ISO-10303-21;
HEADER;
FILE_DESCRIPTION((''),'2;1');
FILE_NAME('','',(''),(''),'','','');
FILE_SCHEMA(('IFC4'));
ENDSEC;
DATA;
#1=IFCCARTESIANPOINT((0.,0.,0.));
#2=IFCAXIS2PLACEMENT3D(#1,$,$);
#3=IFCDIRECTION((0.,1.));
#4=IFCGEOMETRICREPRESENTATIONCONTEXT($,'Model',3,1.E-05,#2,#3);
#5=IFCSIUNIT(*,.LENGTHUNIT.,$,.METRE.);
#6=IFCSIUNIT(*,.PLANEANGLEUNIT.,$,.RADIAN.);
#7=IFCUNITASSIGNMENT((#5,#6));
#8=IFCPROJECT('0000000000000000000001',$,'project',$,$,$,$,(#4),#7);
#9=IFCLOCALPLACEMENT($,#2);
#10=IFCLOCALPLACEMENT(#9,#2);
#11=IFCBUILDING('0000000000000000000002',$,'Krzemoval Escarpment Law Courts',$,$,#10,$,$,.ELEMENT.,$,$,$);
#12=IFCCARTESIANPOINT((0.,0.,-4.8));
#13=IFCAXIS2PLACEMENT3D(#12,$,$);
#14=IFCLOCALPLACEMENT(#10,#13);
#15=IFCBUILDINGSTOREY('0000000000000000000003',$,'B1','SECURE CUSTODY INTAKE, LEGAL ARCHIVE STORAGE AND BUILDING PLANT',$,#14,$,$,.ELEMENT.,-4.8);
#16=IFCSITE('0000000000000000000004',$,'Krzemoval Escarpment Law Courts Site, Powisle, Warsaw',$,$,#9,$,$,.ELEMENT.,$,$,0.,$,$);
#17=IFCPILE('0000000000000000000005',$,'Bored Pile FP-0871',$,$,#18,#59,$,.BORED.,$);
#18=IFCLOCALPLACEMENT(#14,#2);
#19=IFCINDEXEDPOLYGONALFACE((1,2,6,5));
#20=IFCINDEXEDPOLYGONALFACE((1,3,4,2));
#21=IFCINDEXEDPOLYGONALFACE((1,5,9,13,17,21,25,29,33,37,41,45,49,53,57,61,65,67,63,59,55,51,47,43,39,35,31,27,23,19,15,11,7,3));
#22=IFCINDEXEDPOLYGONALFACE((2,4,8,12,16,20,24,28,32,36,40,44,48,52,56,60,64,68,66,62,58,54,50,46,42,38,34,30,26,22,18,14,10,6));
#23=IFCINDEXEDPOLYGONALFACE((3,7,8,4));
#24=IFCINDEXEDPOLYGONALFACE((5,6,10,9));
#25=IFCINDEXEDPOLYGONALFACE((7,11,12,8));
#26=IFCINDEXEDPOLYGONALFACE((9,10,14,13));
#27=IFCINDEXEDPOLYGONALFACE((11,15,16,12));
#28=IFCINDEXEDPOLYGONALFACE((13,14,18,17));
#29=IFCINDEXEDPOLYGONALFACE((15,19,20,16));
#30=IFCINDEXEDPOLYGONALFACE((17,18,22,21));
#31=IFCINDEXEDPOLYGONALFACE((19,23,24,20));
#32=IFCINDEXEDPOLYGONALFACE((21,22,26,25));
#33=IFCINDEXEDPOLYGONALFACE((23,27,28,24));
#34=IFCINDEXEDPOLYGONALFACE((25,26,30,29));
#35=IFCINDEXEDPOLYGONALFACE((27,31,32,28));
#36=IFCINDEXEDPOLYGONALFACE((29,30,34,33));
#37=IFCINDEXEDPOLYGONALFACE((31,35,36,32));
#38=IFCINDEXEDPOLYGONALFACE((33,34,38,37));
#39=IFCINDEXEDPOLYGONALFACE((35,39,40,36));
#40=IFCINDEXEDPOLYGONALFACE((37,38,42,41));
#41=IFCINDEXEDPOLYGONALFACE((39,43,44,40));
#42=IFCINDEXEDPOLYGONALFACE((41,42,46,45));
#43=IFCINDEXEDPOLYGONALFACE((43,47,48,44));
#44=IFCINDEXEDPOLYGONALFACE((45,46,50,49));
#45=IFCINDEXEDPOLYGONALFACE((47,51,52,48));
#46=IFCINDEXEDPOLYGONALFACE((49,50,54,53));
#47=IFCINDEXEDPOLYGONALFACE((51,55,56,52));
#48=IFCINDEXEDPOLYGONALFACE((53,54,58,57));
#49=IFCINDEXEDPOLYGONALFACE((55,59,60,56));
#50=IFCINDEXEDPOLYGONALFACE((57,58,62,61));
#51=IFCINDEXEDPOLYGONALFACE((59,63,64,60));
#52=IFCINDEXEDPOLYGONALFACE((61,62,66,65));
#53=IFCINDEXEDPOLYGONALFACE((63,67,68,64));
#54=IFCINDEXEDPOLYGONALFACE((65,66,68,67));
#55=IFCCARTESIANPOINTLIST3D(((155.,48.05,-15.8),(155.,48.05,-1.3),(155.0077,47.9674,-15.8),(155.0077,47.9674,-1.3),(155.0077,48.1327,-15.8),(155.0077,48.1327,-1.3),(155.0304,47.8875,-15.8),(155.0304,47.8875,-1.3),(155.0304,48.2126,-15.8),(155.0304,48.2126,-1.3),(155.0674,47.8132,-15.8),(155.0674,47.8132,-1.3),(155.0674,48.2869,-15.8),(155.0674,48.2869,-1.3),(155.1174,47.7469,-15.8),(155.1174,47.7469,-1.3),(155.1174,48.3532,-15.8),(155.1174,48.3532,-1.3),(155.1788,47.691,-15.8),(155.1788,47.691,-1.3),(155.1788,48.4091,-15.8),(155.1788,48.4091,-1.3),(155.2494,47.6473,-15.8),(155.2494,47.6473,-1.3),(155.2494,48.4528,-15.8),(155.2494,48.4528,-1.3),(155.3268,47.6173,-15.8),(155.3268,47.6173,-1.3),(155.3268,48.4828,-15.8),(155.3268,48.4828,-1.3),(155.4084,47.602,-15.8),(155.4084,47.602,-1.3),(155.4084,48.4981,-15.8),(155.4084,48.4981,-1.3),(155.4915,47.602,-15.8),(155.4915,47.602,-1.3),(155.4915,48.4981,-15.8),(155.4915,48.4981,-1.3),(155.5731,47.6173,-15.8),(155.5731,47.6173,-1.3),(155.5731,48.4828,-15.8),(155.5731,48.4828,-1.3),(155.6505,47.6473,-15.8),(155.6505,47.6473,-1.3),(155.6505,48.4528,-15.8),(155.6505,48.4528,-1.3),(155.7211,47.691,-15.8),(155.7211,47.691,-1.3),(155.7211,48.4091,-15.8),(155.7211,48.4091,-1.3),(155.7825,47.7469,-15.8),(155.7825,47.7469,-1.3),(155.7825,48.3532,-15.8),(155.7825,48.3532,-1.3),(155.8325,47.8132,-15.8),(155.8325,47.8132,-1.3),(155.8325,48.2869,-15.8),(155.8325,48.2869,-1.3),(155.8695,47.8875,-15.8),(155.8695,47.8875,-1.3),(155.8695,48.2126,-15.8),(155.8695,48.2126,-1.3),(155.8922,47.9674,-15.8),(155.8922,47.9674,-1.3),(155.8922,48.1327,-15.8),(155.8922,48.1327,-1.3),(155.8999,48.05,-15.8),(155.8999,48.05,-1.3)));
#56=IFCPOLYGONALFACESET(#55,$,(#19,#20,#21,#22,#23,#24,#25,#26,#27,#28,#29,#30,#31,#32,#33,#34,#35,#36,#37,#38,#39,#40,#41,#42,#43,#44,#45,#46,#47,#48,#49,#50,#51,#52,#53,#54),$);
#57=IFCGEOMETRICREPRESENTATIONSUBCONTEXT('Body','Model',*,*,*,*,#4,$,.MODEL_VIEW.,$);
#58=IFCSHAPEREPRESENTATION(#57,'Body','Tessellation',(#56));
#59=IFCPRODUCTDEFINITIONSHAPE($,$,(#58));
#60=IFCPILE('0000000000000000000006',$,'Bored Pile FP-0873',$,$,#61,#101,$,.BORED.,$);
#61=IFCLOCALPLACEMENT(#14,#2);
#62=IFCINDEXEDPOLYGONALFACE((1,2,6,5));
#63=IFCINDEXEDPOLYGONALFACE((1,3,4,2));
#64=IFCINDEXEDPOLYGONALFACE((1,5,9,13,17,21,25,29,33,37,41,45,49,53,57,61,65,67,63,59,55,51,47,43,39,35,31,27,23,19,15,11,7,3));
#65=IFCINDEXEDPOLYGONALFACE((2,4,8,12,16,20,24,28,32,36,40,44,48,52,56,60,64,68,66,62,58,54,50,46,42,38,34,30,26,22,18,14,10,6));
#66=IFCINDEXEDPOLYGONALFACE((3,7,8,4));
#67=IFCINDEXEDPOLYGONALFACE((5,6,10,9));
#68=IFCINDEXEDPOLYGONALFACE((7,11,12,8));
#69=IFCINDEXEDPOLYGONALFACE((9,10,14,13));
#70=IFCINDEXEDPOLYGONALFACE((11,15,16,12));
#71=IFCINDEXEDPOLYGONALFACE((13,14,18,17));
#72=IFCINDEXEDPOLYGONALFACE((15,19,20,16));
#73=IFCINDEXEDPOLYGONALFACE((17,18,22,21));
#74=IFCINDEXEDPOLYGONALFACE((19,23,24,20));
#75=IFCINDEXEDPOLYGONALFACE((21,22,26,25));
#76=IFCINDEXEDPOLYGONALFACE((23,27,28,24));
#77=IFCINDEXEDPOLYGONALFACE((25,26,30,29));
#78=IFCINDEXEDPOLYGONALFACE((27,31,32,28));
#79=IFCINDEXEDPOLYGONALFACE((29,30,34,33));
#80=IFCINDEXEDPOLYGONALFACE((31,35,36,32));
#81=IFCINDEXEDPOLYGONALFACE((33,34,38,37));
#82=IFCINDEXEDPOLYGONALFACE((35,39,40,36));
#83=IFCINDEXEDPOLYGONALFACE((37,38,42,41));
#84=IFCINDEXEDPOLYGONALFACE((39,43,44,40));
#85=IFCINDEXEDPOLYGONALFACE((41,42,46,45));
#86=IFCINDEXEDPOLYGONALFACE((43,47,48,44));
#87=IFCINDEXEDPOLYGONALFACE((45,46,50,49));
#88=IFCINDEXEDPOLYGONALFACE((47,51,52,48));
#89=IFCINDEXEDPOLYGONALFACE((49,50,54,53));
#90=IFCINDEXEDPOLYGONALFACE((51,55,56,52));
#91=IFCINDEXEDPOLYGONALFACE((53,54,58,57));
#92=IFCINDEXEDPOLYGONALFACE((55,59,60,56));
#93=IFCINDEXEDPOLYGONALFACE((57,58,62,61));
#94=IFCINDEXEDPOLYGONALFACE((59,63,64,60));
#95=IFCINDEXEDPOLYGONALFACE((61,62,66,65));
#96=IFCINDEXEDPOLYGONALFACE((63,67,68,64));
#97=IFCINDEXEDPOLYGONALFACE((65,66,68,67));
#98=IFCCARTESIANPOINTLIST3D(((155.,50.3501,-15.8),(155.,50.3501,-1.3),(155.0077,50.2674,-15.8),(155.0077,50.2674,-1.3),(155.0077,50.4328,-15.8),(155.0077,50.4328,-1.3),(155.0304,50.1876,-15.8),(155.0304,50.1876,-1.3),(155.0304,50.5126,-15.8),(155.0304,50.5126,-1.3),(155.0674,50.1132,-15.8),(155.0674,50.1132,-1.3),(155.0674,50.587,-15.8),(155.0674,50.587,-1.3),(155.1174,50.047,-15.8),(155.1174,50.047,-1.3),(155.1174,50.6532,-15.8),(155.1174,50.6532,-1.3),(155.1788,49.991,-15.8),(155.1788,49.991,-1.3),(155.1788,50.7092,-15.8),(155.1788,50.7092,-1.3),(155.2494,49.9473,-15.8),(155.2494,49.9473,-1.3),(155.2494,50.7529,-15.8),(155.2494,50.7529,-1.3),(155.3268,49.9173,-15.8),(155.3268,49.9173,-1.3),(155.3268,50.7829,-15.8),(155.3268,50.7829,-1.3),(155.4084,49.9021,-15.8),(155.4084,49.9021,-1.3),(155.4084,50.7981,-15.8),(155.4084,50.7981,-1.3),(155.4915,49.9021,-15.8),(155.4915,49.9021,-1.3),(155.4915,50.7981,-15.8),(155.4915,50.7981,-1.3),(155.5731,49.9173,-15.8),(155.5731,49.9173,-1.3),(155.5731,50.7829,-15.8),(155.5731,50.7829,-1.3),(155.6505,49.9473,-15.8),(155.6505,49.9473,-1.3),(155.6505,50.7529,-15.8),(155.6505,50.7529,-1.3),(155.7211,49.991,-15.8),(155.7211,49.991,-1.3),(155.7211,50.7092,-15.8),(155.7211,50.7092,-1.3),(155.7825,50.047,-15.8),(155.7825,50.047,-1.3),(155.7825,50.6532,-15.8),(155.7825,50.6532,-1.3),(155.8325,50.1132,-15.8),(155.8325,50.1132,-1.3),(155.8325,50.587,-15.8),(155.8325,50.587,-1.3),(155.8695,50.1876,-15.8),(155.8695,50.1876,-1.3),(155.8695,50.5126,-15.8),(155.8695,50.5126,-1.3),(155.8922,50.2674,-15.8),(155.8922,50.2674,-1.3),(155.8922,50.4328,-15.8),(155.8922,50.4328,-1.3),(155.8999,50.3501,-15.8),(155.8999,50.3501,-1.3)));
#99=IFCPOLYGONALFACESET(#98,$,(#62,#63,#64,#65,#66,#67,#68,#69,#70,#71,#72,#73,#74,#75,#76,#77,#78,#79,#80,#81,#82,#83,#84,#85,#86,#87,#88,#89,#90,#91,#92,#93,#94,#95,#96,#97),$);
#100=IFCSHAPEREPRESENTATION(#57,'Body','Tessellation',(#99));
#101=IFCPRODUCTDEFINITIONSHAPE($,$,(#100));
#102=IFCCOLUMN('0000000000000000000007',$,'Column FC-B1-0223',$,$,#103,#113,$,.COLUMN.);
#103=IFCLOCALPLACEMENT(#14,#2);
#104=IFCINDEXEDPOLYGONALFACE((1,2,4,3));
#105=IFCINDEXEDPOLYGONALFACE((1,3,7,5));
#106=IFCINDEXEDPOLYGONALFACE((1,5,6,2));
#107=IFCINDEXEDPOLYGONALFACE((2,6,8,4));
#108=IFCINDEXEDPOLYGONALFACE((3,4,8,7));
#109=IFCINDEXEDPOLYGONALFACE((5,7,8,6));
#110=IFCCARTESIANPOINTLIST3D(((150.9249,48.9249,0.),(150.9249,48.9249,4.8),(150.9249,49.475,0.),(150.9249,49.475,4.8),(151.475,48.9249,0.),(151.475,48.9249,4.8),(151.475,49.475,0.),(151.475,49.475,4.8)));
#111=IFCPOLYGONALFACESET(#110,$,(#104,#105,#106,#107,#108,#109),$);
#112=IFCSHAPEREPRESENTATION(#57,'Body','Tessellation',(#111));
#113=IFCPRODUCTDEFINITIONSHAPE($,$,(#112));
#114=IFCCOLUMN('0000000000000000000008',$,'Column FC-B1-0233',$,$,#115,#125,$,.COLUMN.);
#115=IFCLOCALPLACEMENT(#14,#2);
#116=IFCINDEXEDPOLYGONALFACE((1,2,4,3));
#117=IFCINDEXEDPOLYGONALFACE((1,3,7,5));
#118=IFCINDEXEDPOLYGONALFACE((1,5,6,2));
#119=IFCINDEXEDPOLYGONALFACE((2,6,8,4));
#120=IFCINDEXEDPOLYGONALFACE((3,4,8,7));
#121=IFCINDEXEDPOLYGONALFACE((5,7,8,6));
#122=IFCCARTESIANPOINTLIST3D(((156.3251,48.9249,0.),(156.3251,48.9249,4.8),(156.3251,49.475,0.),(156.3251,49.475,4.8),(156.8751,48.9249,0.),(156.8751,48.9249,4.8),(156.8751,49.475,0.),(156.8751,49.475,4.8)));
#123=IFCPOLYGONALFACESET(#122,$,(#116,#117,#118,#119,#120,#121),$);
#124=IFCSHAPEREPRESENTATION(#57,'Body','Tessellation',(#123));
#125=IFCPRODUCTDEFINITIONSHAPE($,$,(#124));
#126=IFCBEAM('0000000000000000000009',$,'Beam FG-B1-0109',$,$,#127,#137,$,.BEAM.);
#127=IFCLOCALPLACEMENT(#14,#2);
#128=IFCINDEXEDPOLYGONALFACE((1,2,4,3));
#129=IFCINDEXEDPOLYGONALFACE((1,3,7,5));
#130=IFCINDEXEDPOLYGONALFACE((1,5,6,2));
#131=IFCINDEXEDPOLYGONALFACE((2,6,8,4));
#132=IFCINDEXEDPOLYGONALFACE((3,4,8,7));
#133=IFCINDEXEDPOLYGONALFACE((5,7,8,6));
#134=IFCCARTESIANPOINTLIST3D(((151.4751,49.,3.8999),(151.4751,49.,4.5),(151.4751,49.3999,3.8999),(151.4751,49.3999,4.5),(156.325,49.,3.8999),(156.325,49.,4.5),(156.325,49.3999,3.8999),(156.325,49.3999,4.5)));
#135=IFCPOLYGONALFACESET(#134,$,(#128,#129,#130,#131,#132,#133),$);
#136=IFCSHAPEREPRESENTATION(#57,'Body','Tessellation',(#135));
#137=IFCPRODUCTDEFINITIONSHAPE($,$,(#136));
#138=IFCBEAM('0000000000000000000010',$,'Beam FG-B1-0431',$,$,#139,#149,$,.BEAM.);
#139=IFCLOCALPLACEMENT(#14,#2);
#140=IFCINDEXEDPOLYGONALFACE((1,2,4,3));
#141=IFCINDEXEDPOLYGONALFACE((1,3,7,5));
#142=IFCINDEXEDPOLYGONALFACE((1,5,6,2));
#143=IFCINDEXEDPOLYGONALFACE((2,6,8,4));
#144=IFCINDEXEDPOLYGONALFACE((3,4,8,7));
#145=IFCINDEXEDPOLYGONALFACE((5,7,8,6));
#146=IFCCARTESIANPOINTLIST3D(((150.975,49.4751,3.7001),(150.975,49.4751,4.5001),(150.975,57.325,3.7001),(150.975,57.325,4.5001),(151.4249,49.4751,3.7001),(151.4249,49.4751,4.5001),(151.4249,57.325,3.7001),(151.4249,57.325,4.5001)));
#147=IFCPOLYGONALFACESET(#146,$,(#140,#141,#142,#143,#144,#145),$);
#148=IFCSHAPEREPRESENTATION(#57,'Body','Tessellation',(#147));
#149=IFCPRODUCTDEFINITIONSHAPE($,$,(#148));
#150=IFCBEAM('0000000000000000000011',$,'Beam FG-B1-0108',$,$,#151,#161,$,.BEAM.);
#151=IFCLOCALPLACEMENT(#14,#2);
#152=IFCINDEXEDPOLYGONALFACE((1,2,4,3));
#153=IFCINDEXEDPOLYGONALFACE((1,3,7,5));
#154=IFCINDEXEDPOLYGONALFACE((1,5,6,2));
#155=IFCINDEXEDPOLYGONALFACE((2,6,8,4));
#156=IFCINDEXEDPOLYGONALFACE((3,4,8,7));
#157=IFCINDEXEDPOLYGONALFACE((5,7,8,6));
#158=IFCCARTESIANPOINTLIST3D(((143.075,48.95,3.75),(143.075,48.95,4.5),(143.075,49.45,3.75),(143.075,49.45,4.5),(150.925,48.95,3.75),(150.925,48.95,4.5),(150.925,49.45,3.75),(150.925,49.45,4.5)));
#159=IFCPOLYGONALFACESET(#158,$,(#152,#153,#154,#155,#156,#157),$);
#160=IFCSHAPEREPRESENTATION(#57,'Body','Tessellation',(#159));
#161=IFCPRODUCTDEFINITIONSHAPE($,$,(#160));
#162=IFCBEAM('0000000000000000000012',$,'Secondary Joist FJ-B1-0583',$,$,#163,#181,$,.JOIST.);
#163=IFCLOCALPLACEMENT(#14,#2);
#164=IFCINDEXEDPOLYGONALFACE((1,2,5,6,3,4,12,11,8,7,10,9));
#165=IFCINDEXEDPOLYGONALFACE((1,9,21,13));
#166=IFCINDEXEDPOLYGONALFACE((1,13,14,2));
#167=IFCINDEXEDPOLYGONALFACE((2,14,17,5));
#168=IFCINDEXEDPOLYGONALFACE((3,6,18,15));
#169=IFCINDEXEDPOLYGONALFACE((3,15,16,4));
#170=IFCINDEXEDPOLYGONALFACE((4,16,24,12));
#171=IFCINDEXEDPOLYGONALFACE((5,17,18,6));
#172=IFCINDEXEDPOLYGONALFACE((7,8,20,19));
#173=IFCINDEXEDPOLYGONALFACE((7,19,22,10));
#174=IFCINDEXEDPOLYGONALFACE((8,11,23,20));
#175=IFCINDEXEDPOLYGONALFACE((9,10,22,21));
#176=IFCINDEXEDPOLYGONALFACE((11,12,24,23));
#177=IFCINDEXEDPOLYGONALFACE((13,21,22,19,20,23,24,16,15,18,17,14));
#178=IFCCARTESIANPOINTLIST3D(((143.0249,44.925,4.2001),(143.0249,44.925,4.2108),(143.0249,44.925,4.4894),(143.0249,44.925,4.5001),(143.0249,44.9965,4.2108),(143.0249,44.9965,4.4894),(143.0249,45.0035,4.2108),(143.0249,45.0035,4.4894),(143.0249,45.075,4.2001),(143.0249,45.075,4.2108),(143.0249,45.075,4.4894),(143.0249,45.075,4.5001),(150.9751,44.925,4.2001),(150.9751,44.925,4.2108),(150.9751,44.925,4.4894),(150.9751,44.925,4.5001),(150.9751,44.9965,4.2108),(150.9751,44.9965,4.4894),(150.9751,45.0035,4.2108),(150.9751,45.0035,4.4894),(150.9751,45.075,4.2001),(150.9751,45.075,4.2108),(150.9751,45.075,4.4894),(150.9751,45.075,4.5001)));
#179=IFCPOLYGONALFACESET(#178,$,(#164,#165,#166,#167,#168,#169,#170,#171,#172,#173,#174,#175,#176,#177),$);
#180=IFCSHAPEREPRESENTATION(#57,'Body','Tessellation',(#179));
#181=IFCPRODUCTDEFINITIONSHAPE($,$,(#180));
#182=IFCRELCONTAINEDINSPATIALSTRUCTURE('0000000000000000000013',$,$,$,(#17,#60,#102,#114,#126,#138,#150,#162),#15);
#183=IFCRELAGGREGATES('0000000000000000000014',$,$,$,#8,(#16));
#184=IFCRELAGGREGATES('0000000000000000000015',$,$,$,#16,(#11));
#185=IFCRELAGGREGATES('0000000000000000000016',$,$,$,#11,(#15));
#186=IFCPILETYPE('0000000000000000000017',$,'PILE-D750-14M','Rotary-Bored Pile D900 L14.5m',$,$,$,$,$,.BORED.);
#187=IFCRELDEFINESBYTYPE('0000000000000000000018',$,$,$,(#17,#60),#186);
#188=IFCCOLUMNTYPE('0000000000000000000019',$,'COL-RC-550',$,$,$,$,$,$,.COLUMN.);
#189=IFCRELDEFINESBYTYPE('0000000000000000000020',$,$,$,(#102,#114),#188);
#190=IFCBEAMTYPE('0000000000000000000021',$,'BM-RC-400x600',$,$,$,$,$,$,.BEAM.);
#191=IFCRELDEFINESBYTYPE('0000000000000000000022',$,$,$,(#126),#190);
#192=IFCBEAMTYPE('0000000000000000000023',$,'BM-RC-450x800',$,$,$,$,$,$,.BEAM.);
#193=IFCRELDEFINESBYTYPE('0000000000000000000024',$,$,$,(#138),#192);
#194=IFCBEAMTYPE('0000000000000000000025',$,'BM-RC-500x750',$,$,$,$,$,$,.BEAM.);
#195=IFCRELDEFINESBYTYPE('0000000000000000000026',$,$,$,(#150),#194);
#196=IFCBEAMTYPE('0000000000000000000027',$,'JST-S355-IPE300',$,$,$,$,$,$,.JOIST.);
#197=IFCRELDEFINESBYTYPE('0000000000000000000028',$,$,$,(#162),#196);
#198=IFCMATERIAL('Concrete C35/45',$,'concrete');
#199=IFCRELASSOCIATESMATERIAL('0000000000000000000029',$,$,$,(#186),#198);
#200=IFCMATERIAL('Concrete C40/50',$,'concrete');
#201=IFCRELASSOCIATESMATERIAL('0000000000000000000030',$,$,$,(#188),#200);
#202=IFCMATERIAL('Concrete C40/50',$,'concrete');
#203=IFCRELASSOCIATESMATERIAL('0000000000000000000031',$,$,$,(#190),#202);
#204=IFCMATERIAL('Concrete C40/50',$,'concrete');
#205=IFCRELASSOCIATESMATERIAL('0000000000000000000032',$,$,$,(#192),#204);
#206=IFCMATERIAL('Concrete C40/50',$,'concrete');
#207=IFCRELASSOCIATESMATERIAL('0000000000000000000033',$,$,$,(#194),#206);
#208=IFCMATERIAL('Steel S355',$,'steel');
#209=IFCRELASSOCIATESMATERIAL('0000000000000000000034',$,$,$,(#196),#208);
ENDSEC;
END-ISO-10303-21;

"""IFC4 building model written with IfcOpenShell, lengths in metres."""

from ifc_helpers import new_model, si_unit, direction, frame, origin, origin_2d, place, context, subcontext, project, spatial, rectangle, circle, i_section, extrude, material, material_profile, profile_set, type_object, element, save


model = new_model("IFC4")

# Units and contexts
model_context = context("Model", 3, precision=1e-05, world=origin(), true_north=direction((0.0, 1.0)))
body_context = subcontext(model_context, "Body", "Model", "MODEL_VIEW")
ifc_project = project(units=[si_unit("LENGTHUNIT", "METRE"), si_unit("PLANEANGLEUNIT", "RADIAN")], contexts=[model_context])

# Site, building, storey
site_placement = place(None, origin())
site = spatial("IfcSite", under=ifc_project, at=site_placement, Name="Krzemoval Escarpment Law Courts Site, Powisle, Warsaw", CompositionType="ELEMENT", RefElevation=0.0)
building_placement = place(site_placement, origin())
building = spatial("IfcBuilding", under=site, at=building_placement, Name="Krzemoval Escarpment Law Courts", CompositionType="ELEMENT")
storey_placement = place(building_placement, frame((0.0, 0.0, -4.8)))
storey = spatial("IfcBuildingStorey", under=building, at=storey_placement, Name="B1", Description="SECURE CUSTODY INTAKE, LEGAL ARCHIVE STORAGE AND BUILDING PLANT", CompositionType="ELEMENT", Elevation=-4.8)

# Piles
ifc_material_1 = material(Name="Concrete C35/45", Category="concrete")
ifc_material_profile_1 = material_profile(ifc_material_1, circle(Radius=0.45, at=origin_2d()), Name="PILE D900")
ifc_profile_set_1 = profile_set([ifc_material_profile_1], Name="Concrete C35/45")
pile_type = type_object("IfcPileType", Name="PILE-D750-14M", Description="Rotary-Bored Pile D900 L14.5m", PredefinedType="BORED", material=ifc_profile_set_1)
for number, where, z_axis, x_axis, name in (
    (1, (155.45, 48.05, -1.3), (0.0, 0.0, -1.0), (1.0, 0.0, 0.0), "Bored Pile FP-0871"),
    (2, (155.45, 50.3501, -1.3), (0.0, 0.0, -1.0), (1.0, 0.0, 0.0), "Bored Pile FP-0873"),
):
    element("IfcPile", number, at=place(storey_placement, frame(where, z_axis=z_axis, x_axis=x_axis)), inside=storey, type_object=pile_type, Name=name, PredefinedType="BORED", context=body_context, shape_type="SweptSolid", body=[
        extrude(circle(Radius=0.45, at=origin_2d()), origin(), (0.0, 0.0, 1.0), 14.5),
    ])

# Columns
ifc_material_2 = material(Name="Concrete C40/50", Category="concrete")
ifc_material_profile_2 = material_profile(ifc_material_2, rectangle(XDim=0.55, YDim=0.55, at=origin_2d()), Name="RC 550x550")
ifc_profile_set_2 = profile_set([ifc_material_profile_2], Name="Concrete C40/50")
column_type = type_object("IfcColumnType", Name="COL-RC-550", PredefinedType="COLUMN", material=ifc_profile_set_2)
for number, where, z_axis, x_axis, name in (
    (3, (151.2, 49.2, 0.0), (0.0, 0.0, 1.0), (1.0, 0.0, 0.0), "Column FC-B1-0223"),
    (4, (156.6001, 49.2, 0.0), (0.0, 0.0, 1.0), (1.0, 0.0, 0.0), "Column FC-B1-0233"),
):
    element("IfcColumn", number, at=place(storey_placement, frame(where, z_axis=z_axis, x_axis=x_axis)), inside=storey, type_object=column_type, Name=name, PredefinedType="COLUMN", context=body_context, shape_type="SweptSolid", body=[
        extrude(rectangle(XDim=0.55, YDim=0.55, at=origin_2d()), origin(), (0.0, 0.0, 1.0), 4.8),
    ])

# Beams
ifc_material_3 = material(Name="Concrete C40/50", Category="concrete")
ifc_material_profile_3 = material_profile(ifc_material_3, rectangle(XDim=0.3999, YDim=0.6001, at=origin_2d()), Name="RCB 400x600")
ifc_profile_set_3 = profile_set([ifc_material_profile_3], Name="Concrete C40/50")
beam_type_1 = type_object("IfcBeamType", Name="BM-RC-400x600", PredefinedType="BEAM", material=ifc_profile_set_3)
beam_1_placement = place(storey_placement, frame((151.4751, 49.2, 4.2), z_axis=(1.0, 0.0, 0.0), x_axis=(0.0, 1.0, 0.0)))
element("IfcBeam", 5, at=beam_1_placement, inside=storey, type_object=beam_type_1, Name="Beam FG-B1-0109", PredefinedType="BEAM", context=body_context, shape_type="SweptSolid", body=[
    extrude(rectangle(XDim=0.3999, YDim=0.6001, at=origin_2d()), origin(), (0.0, 0.0, 1.0), 4.8499),
])
ifc_material_4 = material(Name="Concrete C40/50", Category="concrete")
ifc_material_profile_4 = material_profile(ifc_material_4, rectangle(XDim=0.45, YDim=0.8, at=origin_2d()), Name="RCB 450x800")
ifc_profile_set_4 = profile_set([ifc_material_profile_4], Name="Concrete C40/50")
beam_type_2 = type_object("IfcBeamType", Name="BM-RC-450x800", PredefinedType="BEAM", material=ifc_profile_set_4)
beam_2_placement = place(storey_placement, frame((151.2, 49.4751, 4.1001), z_axis=(0.0, 1.0, 0.0), x_axis=(-1.0, 0.0, 0.0)))
element("IfcBeam", 6, at=beam_2_placement, inside=storey, type_object=beam_type_2, Name="Beam FG-B1-0431", PredefinedType="BEAM", context=body_context, shape_type="SweptSolid", body=[
    extrude(rectangle(XDim=0.45, YDim=0.8, at=origin_2d()), origin(), (0.0, 0.0, 1.0), 7.8499),
])
ifc_material_5 = material(Name="Concrete C40/50", Category="concrete")
ifc_material_profile_5 = material_profile(ifc_material_5, rectangle(XDim=0.5, YDim=0.75, at=origin_2d()), Name="RCB 500x750")
ifc_profile_set_5 = profile_set([ifc_material_profile_5], Name="Concrete C40/50")
beam_type_3 = type_object("IfcBeamType", Name="BM-RC-500x750", PredefinedType="BEAM", material=ifc_profile_set_5)
beam_3_placement = place(storey_placement, frame((143.075, 49.2, 4.125), z_axis=(1.0, 0.0, 0.0), x_axis=(0.0, 1.0, 0.0)))
element("IfcBeam", 7, at=beam_3_placement, inside=storey, type_object=beam_type_3, Name="Beam FG-B1-0108", PredefinedType="BEAM", context=body_context, shape_type="SweptSolid", body=[
    extrude(rectangle(XDim=0.5, YDim=0.75, at=origin_2d()), origin(), (0.0, 0.0, 1.0), 7.8501),
])
ifc_material_6 = material(Name="Steel S355", Category="steel")
ifc_material_profile_6 = material_profile(ifc_material_6, i_section(OverallWidth=0.1499, OverallDepth=0.3, WebThickness=0.0071, FlangeThickness=0.0107, at=origin_2d()), Name="IPE 300")
ifc_profile_set_6 = profile_set([ifc_material_profile_6], Name="Steel S355")
beam_type_4 = type_object("IfcBeamType", Name="JST-S355-IPE300", PredefinedType="JOIST", material=ifc_profile_set_6)
for number, where, z_axis, x_axis, name in (
    (8, (143.0249, 45.0, 4.3501), (1.0, 0.0, 0.0), (0.0, 1.0, 0.0), "Secondary Joist FJ-B1-0583"),
):
    element("IfcBeam", number, at=place(storey_placement, frame(where, z_axis=z_axis, x_axis=x_axis)), inside=storey, type_object=beam_type_4, Name=name, PredefinedType="JOIST", context=body_context, shape_type="SweptSolid", body=[
        extrude(i_section(OverallWidth=0.1499, OverallDepth=0.3, WebThickness=0.0071, FlangeThickness=0.0107, at=origin_2d()), origin(), (0.0, 0.0, 1.0), 7.9502),
    ])

save(model, "model.ifc")
